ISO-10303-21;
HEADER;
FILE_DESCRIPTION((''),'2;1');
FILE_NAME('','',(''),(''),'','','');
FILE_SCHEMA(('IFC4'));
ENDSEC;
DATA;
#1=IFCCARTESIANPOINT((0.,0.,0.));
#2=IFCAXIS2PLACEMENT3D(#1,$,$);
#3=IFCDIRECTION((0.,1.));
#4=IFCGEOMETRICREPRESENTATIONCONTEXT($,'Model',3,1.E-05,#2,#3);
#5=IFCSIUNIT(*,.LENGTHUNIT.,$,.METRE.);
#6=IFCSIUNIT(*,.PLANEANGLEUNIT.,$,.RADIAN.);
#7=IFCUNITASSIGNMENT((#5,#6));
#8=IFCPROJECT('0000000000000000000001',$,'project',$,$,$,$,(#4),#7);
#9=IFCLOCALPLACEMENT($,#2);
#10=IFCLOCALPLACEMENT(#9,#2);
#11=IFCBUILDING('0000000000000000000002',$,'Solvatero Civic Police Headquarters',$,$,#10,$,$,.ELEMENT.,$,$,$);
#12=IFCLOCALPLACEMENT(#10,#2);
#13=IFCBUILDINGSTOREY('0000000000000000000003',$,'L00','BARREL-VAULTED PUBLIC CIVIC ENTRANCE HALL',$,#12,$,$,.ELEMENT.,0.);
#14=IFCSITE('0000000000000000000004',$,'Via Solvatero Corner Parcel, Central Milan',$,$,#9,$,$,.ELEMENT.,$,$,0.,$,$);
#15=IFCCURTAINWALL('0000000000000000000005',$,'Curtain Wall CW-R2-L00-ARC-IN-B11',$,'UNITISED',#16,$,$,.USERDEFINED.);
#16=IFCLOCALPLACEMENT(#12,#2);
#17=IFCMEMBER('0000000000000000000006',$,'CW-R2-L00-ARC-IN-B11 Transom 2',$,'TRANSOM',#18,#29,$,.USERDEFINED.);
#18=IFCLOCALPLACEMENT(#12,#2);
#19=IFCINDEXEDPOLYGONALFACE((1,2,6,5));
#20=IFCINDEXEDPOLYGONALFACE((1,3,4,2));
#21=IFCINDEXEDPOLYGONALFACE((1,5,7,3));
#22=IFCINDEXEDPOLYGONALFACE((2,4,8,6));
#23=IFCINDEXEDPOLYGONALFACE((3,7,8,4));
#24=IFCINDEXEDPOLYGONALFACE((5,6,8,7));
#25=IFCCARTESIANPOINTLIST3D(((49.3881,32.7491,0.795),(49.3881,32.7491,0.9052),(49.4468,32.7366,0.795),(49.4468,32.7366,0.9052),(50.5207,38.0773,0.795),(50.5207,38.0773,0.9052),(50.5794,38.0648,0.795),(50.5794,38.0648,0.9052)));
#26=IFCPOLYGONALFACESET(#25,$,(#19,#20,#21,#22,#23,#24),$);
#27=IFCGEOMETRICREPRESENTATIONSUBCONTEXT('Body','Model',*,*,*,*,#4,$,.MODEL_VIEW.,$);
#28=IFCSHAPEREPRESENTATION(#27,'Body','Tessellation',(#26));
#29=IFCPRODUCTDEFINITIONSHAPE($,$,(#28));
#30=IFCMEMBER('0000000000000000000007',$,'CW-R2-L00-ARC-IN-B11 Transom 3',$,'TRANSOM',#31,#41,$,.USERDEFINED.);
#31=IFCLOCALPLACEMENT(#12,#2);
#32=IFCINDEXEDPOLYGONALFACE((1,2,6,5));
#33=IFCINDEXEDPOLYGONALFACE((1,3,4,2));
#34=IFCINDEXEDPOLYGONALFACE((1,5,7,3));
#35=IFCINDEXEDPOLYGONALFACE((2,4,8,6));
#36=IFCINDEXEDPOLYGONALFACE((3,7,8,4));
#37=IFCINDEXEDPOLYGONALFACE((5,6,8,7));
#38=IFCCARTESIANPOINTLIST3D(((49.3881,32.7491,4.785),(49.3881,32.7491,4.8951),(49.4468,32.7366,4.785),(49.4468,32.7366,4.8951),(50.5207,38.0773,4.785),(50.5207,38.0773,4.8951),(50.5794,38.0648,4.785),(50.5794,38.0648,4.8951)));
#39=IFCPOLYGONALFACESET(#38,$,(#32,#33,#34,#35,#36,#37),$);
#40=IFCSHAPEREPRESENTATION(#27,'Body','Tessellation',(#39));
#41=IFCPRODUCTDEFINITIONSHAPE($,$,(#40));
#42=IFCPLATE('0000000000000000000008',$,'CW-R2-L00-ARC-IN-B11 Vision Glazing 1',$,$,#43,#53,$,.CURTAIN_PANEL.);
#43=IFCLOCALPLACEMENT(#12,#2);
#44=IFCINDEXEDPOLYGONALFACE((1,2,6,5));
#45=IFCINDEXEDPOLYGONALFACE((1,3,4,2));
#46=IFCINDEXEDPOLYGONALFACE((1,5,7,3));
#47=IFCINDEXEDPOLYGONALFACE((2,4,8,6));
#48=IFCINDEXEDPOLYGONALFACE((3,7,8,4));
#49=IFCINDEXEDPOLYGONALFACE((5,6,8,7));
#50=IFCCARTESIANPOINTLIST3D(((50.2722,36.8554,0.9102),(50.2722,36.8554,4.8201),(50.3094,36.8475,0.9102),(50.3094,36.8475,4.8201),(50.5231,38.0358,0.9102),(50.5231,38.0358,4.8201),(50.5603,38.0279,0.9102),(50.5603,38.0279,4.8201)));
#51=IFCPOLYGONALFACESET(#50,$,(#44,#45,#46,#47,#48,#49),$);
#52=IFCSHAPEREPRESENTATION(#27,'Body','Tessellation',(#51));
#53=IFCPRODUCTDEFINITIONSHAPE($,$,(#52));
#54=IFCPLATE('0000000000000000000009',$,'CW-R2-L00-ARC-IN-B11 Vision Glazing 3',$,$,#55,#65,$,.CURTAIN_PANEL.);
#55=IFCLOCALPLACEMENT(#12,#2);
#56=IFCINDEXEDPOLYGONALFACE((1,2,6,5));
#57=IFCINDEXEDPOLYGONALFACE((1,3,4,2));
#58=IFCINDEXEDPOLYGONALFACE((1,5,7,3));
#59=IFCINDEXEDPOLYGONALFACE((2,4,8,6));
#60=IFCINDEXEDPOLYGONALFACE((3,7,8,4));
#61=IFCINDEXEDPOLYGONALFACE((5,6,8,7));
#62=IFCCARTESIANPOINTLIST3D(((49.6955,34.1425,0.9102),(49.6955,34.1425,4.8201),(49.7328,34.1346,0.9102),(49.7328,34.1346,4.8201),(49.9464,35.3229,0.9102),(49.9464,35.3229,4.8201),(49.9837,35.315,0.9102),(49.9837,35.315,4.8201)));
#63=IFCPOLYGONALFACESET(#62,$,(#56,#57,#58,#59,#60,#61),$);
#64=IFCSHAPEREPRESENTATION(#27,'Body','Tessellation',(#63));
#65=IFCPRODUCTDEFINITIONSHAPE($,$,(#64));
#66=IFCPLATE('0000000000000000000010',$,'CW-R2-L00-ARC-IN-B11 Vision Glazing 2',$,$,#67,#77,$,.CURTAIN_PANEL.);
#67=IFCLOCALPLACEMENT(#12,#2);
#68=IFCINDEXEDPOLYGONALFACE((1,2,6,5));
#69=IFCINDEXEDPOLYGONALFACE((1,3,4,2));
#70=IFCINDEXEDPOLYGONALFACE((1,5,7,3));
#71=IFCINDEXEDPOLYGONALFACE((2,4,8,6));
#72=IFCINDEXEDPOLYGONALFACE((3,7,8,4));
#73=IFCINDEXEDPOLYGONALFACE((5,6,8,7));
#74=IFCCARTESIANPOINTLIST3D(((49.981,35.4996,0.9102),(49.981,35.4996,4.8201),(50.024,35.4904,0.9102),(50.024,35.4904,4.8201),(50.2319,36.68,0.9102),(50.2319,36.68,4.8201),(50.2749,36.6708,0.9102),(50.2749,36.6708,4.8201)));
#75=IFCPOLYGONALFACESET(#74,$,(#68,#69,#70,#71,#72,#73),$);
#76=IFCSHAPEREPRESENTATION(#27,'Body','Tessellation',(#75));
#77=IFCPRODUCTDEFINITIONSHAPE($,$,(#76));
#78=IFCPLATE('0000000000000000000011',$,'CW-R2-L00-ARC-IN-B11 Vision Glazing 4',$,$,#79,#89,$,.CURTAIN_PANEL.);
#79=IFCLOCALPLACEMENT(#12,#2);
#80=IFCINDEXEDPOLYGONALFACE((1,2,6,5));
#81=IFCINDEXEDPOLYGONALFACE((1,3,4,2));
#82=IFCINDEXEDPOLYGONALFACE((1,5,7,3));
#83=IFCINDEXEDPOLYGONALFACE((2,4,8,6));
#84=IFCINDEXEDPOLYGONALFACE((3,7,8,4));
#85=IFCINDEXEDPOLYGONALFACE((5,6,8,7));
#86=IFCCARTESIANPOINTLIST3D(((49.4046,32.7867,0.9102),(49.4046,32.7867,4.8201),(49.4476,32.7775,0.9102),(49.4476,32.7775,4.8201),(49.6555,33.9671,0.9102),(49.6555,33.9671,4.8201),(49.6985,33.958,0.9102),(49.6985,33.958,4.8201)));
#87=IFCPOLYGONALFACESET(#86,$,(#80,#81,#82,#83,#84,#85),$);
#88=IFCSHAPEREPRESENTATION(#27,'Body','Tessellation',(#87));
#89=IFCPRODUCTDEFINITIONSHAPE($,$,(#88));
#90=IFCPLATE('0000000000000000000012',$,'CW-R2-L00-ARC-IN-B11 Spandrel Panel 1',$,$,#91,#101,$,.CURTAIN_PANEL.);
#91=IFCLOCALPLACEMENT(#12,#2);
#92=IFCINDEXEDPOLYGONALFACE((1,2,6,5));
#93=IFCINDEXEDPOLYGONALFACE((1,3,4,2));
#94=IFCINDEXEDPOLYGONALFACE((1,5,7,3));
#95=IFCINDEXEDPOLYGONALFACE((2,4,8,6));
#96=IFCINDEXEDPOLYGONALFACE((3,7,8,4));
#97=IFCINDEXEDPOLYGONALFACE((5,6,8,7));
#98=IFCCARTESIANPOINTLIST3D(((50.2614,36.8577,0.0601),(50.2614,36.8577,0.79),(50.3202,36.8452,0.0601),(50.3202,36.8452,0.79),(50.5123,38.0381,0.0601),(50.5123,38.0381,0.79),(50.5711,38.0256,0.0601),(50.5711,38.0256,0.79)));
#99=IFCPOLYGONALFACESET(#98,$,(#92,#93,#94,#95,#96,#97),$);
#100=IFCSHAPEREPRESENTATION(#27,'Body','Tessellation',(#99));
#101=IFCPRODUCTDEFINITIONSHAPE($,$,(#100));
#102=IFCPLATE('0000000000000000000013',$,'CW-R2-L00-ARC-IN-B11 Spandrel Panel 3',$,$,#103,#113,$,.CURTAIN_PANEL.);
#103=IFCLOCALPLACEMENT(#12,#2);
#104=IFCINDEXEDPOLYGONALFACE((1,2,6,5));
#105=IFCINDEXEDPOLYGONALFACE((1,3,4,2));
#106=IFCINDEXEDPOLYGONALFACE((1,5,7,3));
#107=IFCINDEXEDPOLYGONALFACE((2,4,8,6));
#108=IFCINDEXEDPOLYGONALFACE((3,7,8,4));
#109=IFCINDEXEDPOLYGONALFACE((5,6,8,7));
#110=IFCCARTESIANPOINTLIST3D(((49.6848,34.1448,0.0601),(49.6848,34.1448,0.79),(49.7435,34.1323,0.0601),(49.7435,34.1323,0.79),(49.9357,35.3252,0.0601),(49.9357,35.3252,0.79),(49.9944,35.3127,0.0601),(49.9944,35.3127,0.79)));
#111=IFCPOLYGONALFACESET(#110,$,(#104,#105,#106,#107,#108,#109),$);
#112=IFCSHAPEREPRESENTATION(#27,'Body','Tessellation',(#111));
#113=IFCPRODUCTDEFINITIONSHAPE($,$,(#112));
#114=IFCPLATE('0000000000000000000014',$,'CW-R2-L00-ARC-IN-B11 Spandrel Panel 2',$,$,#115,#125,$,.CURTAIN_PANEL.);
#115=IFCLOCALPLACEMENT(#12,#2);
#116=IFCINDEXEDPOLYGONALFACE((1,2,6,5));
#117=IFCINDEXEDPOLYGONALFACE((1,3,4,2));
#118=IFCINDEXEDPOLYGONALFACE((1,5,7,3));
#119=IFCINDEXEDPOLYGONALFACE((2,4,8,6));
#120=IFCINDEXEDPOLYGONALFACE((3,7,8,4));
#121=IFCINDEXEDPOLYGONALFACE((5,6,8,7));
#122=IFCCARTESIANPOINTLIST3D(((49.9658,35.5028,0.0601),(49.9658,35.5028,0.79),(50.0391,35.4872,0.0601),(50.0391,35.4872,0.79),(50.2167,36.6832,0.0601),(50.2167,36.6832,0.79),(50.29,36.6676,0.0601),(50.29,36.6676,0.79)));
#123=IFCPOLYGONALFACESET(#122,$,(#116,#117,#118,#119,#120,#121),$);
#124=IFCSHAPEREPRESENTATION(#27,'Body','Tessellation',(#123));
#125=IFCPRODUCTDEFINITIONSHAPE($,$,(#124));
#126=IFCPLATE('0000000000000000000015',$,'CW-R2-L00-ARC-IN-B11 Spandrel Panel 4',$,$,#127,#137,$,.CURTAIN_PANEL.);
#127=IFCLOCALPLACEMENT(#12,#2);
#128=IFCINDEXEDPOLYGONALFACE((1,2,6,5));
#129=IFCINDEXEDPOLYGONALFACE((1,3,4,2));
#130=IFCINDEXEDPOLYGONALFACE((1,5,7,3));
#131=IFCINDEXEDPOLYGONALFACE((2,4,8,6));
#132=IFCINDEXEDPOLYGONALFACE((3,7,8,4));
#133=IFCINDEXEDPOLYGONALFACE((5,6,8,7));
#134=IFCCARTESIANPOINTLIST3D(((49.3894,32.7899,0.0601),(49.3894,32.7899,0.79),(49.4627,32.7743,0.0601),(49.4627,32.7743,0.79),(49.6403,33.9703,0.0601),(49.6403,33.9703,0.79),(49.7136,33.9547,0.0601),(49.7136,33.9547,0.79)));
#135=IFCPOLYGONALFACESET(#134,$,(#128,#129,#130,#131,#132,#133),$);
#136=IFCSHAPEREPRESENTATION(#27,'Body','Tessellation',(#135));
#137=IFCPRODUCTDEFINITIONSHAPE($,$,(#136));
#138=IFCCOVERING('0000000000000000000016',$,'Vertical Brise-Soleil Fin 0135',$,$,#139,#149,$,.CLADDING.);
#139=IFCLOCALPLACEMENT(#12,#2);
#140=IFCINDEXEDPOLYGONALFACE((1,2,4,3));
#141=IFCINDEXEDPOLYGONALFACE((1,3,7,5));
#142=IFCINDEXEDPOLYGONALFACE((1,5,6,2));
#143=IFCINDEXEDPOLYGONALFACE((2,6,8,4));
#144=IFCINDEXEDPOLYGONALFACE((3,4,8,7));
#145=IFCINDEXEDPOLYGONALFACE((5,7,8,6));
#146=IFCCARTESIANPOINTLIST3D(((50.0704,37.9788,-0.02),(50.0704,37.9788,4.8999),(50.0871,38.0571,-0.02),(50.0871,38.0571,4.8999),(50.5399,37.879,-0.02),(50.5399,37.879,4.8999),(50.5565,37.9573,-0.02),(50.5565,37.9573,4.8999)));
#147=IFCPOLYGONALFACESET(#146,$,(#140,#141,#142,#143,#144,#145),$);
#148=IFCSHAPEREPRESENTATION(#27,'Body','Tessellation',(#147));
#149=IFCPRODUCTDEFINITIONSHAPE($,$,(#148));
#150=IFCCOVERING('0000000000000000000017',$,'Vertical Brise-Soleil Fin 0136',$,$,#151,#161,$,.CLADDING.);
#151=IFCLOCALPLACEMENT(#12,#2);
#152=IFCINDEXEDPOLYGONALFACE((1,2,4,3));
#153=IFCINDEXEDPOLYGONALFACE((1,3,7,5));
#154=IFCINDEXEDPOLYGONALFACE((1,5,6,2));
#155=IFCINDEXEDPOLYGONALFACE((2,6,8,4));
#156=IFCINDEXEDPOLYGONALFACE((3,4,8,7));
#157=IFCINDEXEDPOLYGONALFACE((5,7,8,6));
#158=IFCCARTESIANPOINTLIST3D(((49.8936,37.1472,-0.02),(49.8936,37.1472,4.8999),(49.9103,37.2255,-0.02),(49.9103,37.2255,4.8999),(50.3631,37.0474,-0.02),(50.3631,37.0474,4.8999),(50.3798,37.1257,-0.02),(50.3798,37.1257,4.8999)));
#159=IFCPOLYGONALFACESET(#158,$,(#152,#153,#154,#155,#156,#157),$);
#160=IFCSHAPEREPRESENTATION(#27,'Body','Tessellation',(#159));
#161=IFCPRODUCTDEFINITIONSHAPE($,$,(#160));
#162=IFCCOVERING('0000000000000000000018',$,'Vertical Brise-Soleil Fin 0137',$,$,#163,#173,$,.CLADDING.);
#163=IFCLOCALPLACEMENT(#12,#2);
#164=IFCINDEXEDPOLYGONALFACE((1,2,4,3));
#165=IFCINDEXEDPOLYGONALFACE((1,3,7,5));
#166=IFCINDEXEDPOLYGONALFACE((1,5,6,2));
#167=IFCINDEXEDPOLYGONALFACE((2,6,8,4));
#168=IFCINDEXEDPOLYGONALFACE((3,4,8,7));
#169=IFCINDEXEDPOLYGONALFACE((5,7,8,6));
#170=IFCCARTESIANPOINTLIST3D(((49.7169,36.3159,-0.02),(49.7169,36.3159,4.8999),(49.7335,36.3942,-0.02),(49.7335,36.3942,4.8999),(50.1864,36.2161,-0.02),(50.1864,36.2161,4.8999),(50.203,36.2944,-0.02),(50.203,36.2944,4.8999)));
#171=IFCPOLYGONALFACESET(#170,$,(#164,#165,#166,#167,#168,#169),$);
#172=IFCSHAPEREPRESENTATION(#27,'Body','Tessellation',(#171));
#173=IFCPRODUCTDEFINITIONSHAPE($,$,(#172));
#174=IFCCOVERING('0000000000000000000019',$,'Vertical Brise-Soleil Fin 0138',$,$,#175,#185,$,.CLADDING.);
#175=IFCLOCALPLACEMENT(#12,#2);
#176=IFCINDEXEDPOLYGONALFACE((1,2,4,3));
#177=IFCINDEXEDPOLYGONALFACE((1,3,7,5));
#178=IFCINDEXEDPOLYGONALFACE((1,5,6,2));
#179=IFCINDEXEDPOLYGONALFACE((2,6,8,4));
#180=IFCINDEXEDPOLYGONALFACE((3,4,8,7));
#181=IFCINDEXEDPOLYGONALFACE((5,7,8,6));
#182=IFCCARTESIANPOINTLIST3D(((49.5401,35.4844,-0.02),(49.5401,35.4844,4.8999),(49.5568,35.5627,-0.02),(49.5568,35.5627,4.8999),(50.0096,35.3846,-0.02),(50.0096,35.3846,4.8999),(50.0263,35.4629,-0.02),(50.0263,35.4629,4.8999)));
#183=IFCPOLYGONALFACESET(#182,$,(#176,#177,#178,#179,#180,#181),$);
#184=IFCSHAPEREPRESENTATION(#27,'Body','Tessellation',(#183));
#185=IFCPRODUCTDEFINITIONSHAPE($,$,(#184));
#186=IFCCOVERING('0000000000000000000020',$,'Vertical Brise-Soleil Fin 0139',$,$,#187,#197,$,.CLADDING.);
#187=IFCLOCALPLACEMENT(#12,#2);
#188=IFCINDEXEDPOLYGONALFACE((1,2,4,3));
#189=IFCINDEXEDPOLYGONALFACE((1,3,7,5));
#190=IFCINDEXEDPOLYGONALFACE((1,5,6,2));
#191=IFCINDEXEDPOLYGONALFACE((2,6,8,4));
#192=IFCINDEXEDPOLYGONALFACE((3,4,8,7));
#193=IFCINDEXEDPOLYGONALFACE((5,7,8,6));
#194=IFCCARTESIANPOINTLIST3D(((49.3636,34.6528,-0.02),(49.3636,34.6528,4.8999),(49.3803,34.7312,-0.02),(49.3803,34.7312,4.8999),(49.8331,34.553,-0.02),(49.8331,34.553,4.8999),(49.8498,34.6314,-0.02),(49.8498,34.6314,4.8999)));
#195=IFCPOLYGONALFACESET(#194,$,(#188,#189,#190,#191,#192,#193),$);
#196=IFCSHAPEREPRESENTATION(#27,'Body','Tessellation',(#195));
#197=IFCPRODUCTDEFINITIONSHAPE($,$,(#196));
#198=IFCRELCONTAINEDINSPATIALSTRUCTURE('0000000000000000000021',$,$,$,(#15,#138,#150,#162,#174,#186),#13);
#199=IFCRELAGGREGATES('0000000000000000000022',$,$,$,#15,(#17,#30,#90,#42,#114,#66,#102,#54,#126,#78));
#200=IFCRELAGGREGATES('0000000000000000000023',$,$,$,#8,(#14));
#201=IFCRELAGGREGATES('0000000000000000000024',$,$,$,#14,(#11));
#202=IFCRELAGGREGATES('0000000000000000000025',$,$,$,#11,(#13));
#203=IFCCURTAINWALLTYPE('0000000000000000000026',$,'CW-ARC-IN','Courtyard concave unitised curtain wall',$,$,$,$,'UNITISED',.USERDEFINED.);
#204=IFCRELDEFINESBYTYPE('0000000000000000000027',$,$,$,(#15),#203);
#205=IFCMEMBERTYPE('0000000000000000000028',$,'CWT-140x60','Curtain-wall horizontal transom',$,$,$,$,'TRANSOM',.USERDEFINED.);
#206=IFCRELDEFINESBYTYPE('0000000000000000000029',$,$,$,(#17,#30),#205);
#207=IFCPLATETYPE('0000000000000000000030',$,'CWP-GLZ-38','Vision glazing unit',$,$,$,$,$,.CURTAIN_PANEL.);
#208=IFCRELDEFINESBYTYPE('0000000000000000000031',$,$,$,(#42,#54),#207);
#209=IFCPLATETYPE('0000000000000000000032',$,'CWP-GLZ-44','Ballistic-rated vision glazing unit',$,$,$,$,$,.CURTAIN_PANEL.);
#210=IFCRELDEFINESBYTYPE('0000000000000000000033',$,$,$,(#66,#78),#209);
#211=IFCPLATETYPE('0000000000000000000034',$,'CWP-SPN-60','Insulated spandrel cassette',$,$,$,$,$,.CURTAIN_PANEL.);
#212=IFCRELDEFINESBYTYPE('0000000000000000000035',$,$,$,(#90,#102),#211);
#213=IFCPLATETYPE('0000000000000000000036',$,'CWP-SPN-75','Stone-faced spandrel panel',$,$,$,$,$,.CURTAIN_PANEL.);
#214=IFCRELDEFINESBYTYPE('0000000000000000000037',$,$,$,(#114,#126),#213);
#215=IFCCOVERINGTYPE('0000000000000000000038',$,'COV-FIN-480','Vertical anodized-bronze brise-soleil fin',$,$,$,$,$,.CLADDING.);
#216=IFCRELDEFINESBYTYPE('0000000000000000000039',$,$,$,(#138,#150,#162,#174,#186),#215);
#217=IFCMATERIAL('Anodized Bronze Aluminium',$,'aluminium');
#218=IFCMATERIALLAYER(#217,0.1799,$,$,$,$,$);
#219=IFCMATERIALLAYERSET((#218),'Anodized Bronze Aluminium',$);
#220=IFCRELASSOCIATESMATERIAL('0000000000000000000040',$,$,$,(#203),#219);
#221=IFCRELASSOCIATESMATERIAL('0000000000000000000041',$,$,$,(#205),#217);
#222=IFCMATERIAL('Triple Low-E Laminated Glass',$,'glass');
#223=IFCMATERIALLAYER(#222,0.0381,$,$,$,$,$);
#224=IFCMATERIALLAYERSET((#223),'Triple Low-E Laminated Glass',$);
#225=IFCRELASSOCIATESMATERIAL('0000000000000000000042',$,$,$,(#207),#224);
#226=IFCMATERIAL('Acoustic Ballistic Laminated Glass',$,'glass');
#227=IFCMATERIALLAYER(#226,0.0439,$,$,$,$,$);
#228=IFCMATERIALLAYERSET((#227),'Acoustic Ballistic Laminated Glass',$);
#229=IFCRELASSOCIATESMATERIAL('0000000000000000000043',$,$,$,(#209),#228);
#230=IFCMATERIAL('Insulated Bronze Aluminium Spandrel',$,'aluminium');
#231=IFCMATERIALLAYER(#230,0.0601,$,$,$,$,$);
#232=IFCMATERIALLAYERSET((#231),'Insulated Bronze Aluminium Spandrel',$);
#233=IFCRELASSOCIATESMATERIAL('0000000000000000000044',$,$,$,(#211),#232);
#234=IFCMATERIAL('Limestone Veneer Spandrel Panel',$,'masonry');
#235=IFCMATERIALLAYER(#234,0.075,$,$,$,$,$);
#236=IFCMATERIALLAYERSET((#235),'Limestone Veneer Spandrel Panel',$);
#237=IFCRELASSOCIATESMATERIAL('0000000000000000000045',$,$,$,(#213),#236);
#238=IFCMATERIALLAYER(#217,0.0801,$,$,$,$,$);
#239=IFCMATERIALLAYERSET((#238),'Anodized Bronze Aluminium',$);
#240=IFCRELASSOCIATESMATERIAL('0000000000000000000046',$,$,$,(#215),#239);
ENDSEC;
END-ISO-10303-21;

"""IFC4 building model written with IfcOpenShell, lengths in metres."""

from ifc_helpers import new_model, si_unit, direction, frame, origin, origin_2d, place, context, subcontext, project, spatial, rectangle, extrude, material, layer, layer_set, material_profile, profile_set, type_object, element, aggregate, save


model = new_model("IFC4")

# Units and contexts
model_context = context("Model", 3, precision=1e-05, world=origin(), true_north=direction((0.0, 1.0)))
body_context = subcontext(model_context, "Body", "Model", "MODEL_VIEW")
ifc_project = project(units=[si_unit("LENGTHUNIT", "METRE"), si_unit("PLANEANGLEUNIT", "RADIAN")], contexts=[model_context])

# Site, building, storey
site_placement = place(None, origin())
site = spatial("IfcSite", under=ifc_project, at=site_placement, Name="Via Solvatero Corner Parcel, Central Milan", CompositionType="ELEMENT", RefElevation=0.0)
building_placement = place(site_placement, origin())
building = spatial("IfcBuilding", under=site, at=building_placement, Name="Solvatero Civic Police Headquarters", CompositionType="ELEMENT")
storey_placement = place(building_placement, origin())
storey = spatial("IfcBuildingStorey", under=building, at=storey_placement, Name="L00", Description="BARREL-VAULTED PUBLIC CIVIC ENTRANCE HALL", CompositionType="ELEMENT", Elevation=0.0)

# Curtain wall, members, plates
ifc_material_1 = material(Name="Anodized Bronze Aluminium", Category="aluminium")
ifc_layer_1 = layer(ifc_material_1, 0.1799)
ifc_layer_set_1 = layer_set([ifc_layer_1], Name="Anodized Bronze Aluminium")
curtain_wall_type = type_object("IfcCurtainWallType", Name="CW-ARC-IN", Description="Courtyard concave unitised curtain wall", ElementType="UNITISED", PredefinedType="USERDEFINED", material=ifc_layer_set_1)
curtain_wall_placement = place(storey_placement, origin())
curtain_wall = element("IfcCurtainWall", 1, at=curtain_wall_placement, inside=storey, type_object=curtain_wall_type, Name="Curtain Wall CW-R2-L00-ARC-IN-B11", ObjectType="UNITISED", PredefinedType="USERDEFINED")
ifc_material_profile_1 = material_profile(ifc_material_1, rectangle(XDim=0.0601, YDim=0.1101, at=origin_2d()), Name="ALU TRANSOM 60x110")
ifc_profile_set_1 = profile_set([ifc_material_profile_1], Name="Anodized Bronze Aluminium")
member_type_1 = type_object("IfcMemberType", Name="CWT-140x60", Description="Curtain-wall horizontal transom", ElementType="TRANSOM", PredefinedType="USERDEFINED", material=ifc_profile_set_1)
member_1_placement = place(storey_placement, frame((50.55, 38.071, 0.8501), z_axis=(-0.207919, -0.978146, 0.0), x_axis=(0.978146, -0.207919, 0.0)))
member_1 = element("IfcMember", 2, at=member_1_placement, type_object=member_type_1, Name="CW-R2-L00-ARC-IN-B11 Transom 2", ObjectType="TRANSOM", PredefinedType="USERDEFINED", context=body_context, shape_type="SweptSolid", body=[
    extrude(rectangle(XDim=0.0601, YDim=0.1101, at=origin_2d()), origin(), (0.0, 0.0, 1.0), 5.4473),
])
member_2_placement = place(storey_placement, frame((50.55, 38.071, 4.8401), z_axis=(-0.207919, -0.978146, 0.0), x_axis=(0.978146, -0.207919, 0.0)))
member_2 = element("IfcMember", 3, at=member_2_placement, type_object=member_type_1, Name="CW-R2-L00-ARC-IN-B11 Transom 3", ObjectType="TRANSOM", PredefinedType="USERDEFINED", context=body_context, shape_type="SweptSolid", body=[
    extrude(rectangle(XDim=0.0601, YDim=0.1101, at=origin_2d()), origin(), (0.0, 0.0, 1.0), 5.4473),
])
ifc_material_2 = material(Name="Triple Low-E Laminated Glass", Category="glass")
ifc_layer_2 = layer(ifc_material_2, 0.0381)
ifc_layer_set_2 = layer_set([ifc_layer_2], Name="Triple Low-E Laminated Glass")
plate_type_1 = type_object("IfcPlateType", Name="CWP-GLZ-38", Description="Vision glazing unit", PredefinedType="CURTAIN_PANEL", material=ifc_layer_set_2)
plate_1_placement = place(storey_placement, frame((50.4163, 37.4417, 0.9102), z_axis=(0.0, 0.0, 1.0), x_axis=(-0.207912, -0.978148, 0.0)))
plate_1 = element("IfcPlate", 4, at=plate_1_placement, type_object=plate_type_1, Name="CW-R2-L00-ARC-IN-B11 Vision Glazing 1", PredefinedType="CURTAIN_PANEL", context=body_context, shape_type="SweptSolid", body=[
    extrude(rectangle(XDim=1.2068, YDim=0.0381, at=origin_2d()), origin(), (0.0, 0.0, 1.0), 3.9099),
])
plate_2_placement = place(storey_placement, frame((49.8396, 34.7288, 0.9102), z_axis=(0.0, 0.0, 1.0), x_axis=(-0.207912, -0.978148, 0.0)))
plate_2 = element("IfcPlate", 5, at=plate_2_placement, type_object=plate_type_1, Name="CW-R2-L00-ARC-IN-B11 Vision Glazing 3", PredefinedType="CURTAIN_PANEL", context=body_context, shape_type="SweptSolid", body=[
    extrude(rectangle(XDim=1.2068, YDim=0.0381, at=origin_2d()), origin(), (0.0, 0.0, 1.0), 3.9099),
])
ifc_material_3 = material(Name="Acoustic Ballistic Laminated Glass", Category="glass")
ifc_layer_3 = layer(ifc_material_3, 0.0439)
ifc_layer_set_3 = layer_set([ifc_layer_3], Name="Acoustic Ballistic Laminated Glass")
plate_type_2 = type_object("IfcPlateType", Name="CWP-GLZ-44", Description="Ballistic-rated vision glazing unit", PredefinedType="CURTAIN_PANEL", material=ifc_layer_set_3)
plate_3_placement = place(storey_placement, frame((50.1279, 36.0852, 0.9102), z_axis=(0.0, 0.0, 1.0), x_axis=(-0.207912, -0.978148, 0.0)))
plate_3 = element("IfcPlate", 6, at=plate_3_placement, type_object=plate_type_2, Name="CW-R2-L00-ARC-IN-B11 Vision Glazing 2", PredefinedType="CURTAIN_PANEL", context=body_context, shape_type="SweptSolid", body=[
    extrude(rectangle(XDim=1.2068, YDim=0.0439, at=origin_2d()), origin(), (0.0, 0.0, 1.0), 3.9099),
])
plate_4_placement = place(storey_placement, frame((49.5515, 33.3723, 0.9102), z_axis=(0.0, 0.0, 1.0), x_axis=(-0.207912, -0.978148, 0.0)))
plate_4 = element("IfcPlate", 7, at=plate_4_placement, type_object=plate_type_2, Name="CW-R2-L00-ARC-IN-B11 Vision Glazing 4", PredefinedType="CURTAIN_PANEL", context=body_context, shape_type="SweptSolid", body=[
    extrude(rectangle(XDim=1.2068, YDim=0.0439, at=origin_2d()), origin(), (0.0, 0.0, 1.0), 3.9099),
])
ifc_material_4 = material(Name="Insulated Bronze Aluminium Spandrel", Category="aluminium")
ifc_layer_4 = layer(ifc_material_4, 0.0601)
ifc_layer_set_4 = layer_set([ifc_layer_4], Name="Insulated Bronze Aluminium Spandrel")
plate_type_3 = type_object("IfcPlateType", Name="CWP-SPN-60", Description="Insulated spandrel cassette", PredefinedType="CURTAIN_PANEL", material=ifc_layer_set_4)
plate_5_placement = place(storey_placement, frame((50.4163, 37.4417, 0.0601), z_axis=(0.0, 0.0, 1.0), x_axis=(-0.207912, -0.978148, 0.0)))
plate_5 = element("IfcPlate", 8, at=plate_5_placement, type_object=plate_type_3, Name="CW-R2-L00-ARC-IN-B11 Spandrel Panel 1", PredefinedType="CURTAIN_PANEL", context=body_context, shape_type="SweptSolid", body=[
    extrude(rectangle(XDim=1.2068, YDim=0.0601, at=origin_2d()), origin(), (0.0, 0.0, 1.0), 0.73),
])
plate_6_placement = place(storey_placement, frame((49.8396, 34.7288, 0.0601), z_axis=(0.0, 0.0, 1.0), x_axis=(-0.207912, -0.978148, 0.0)))
plate_6 = element("IfcPlate", 9, at=plate_6_placement, type_object=plate_type_3, Name="CW-R2-L00-ARC-IN-B11 Spandrel Panel 3", PredefinedType="CURTAIN_PANEL", context=body_context, shape_type="SweptSolid", body=[
    extrude(rectangle(XDim=1.2068, YDim=0.0601, at=origin_2d()), origin(), (0.0, 0.0, 1.0), 0.73),
])
ifc_material_5 = material(Name="Limestone Veneer Spandrel Panel", Category="masonry")
ifc_layer_5 = layer(ifc_material_5, 0.075)
ifc_layer_set_5 = layer_set([ifc_layer_5], Name="Limestone Veneer Spandrel Panel")
plate_type_4 = type_object("IfcPlateType", Name="CWP-SPN-75", Description="Stone-faced spandrel panel", PredefinedType="CURTAIN_PANEL", material=ifc_layer_set_5)
plate_7_placement = place(storey_placement, frame((50.1279, 36.0852, 0.0601), z_axis=(0.0, 0.0, 1.0), x_axis=(-0.207912, -0.978148, 0.0)))
plate_7 = element("IfcPlate", 10, at=plate_7_placement, type_object=plate_type_4, Name="CW-R2-L00-ARC-IN-B11 Spandrel Panel 2", PredefinedType="CURTAIN_PANEL", context=body_context, shape_type="SweptSolid", body=[
    extrude(rectangle(XDim=1.2068, YDim=0.075, at=origin_2d()), origin(), (0.0, 0.0, 1.0), 0.73),
])
plate_8_placement = place(storey_placement, frame((49.5515, 33.3723, 0.0601), z_axis=(0.0, 0.0, 1.0), x_axis=(-0.207912, -0.978148, 0.0)))
plate_8 = element("IfcPlate", 11, at=plate_8_placement, type_object=plate_type_4, Name="CW-R2-L00-ARC-IN-B11 Spandrel Panel 4", PredefinedType="CURTAIN_PANEL", context=body_context, shape_type="SweptSolid", body=[
    extrude(rectangle(XDim=1.2068, YDim=0.075, at=origin_2d()), origin(), (0.0, 0.0, 1.0), 0.73),
])
aggregate(curtain_wall, [member_1, member_2, plate_5, plate_1, plate_7, plate_3, plate_6, plate_2, plate_8, plate_4])

# Coverings
ifc_layer_6 = layer(ifc_material_1, 0.0801)
ifc_layer_set_6 = layer_set([ifc_layer_6], Name="Anodized Bronze Aluminium")
covering_type = type_object("IfcCoveringType", Name="COV-FIN-480", Description="Vertical anodized-bronze brise-soleil fin", PredefinedType="CLADDING", material=ifc_layer_set_6)
for number, where, z_axis, x_axis, name in (
    (12, (50.3135, 37.968, -0.02), (0.0, 0.0, 1.0), (-0.207912, -0.978148, 0.0), "Vertical Brise-Soleil Fin 0135"),
    (13, (50.1367, 37.1365, -0.02), (0.0, 0.0, 1.0), (-0.207912, -0.978148, 0.0), "Vertical Brise-Soleil Fin 0136"),
    (14, (49.96, 36.3052, -0.02), (0.0, 0.0, 1.0), (-0.207912, -0.978148, 0.0), "Vertical Brise-Soleil Fin 0137"),
    (15, (49.7832, 35.4736, -0.02), (0.0, 0.0, 1.0), (-0.207912, -0.978148, 0.0), "Vertical Brise-Soleil Fin 0138"),
    (16, (49.6067, 34.6421, -0.02), (0.0, 0.0, 1.0), (-0.207912, -0.978148, 0.0), "Vertical Brise-Soleil Fin 0139"),
):
    element("IfcCovering", number, at=place(storey_placement, frame(where, z_axis=z_axis, x_axis=x_axis)), inside=storey, type_object=covering_type, Name=name, PredefinedType="CLADDING", context=body_context, shape_type="SweptSolid", body=[
        extrude(rectangle(XDim=0.0801, YDim=0.48, at=origin_2d()), origin(), (0.0, 0.0, 1.0), 4.9199),
    ])

save(model, "model.ifc")
